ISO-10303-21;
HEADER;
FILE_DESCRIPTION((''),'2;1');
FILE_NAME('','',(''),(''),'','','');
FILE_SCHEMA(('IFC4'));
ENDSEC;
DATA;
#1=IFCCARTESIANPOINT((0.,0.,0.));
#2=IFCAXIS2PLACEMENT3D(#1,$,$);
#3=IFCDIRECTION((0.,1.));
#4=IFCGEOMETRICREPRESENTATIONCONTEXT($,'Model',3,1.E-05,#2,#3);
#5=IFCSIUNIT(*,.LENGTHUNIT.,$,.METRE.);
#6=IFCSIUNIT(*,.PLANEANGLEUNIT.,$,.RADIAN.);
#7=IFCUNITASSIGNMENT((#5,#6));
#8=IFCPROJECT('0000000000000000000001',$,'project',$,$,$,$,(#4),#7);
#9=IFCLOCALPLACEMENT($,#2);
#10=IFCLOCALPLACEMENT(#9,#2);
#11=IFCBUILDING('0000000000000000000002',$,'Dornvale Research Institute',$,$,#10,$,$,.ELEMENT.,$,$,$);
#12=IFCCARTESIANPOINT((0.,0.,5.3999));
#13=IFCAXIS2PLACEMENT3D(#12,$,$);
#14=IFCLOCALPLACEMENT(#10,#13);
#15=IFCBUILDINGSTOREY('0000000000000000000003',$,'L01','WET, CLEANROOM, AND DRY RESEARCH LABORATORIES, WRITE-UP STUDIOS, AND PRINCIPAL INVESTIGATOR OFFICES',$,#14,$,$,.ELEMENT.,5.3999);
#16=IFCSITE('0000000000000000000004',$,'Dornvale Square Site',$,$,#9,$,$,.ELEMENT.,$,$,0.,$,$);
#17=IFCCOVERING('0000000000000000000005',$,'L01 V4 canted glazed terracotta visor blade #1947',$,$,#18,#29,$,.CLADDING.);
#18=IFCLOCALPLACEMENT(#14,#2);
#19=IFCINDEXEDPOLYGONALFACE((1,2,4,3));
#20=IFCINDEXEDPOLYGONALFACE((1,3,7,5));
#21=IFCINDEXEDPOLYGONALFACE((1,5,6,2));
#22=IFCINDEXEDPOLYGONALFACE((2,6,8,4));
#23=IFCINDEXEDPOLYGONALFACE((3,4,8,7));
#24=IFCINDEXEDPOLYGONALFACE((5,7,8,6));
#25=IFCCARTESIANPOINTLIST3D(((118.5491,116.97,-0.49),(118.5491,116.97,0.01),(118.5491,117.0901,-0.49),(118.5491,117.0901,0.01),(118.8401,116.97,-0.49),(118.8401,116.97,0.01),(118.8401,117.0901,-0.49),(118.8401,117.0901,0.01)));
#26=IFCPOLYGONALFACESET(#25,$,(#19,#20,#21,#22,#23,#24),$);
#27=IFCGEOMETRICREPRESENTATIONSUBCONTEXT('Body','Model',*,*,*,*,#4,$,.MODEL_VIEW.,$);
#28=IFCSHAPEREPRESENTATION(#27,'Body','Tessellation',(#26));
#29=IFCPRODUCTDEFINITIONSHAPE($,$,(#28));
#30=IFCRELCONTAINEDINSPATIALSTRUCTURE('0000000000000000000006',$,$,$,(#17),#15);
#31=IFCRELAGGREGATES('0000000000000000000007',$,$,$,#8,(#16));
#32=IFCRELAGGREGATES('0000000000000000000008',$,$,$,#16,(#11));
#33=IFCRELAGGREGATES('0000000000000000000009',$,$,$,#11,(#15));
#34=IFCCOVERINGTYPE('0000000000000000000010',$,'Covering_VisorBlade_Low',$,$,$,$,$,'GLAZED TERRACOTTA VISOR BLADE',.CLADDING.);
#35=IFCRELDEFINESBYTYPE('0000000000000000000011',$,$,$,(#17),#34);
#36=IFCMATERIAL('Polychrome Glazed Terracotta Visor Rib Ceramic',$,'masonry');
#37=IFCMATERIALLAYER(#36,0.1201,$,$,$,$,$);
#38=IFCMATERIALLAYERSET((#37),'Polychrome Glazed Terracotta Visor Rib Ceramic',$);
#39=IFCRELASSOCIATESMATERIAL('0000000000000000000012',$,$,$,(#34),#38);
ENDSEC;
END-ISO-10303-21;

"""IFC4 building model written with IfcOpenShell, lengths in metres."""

from ifc_helpers import new_model, si_unit, direction, frame, origin, origin_2d, place, context, subcontext, project, spatial, rectangle, extrude, material, layer, layer_set, type_object, element, save


model = new_model("IFC4")

# Units and contexts
model_context = context("Model", 3, precision=1e-05, world=origin(), true_north=direction((0.0, 1.0)))
body_context = subcontext(model_context, "Body", "Model", "MODEL_VIEW")
ifc_project = project(units=[si_unit("LENGTHUNIT", "METRE"), si_unit("PLANEANGLEUNIT", "RADIAN")], contexts=[model_context])

# Site, building, storey
site_placement = place(None, origin())
site = spatial("IfcSite", under=ifc_project, at=site_placement, Name="Dornvale Square Site", CompositionType="ELEMENT", RefElevation=0.0)
building_placement = place(site_placement, origin())
building = spatial("IfcBuilding", under=site, at=building_placement, Name="Dornvale Research Institute", CompositionType="ELEMENT")
storey_placement = place(building_placement, frame((0.0, 0.0, 5.3999)))
storey = spatial("IfcBuildingStorey", under=building, at=storey_placement, Name="L01", Description="WET, CLEANROOM, AND DRY RESEARCH LABORATORIES, WRITE-UP STUDIOS, AND PRINCIPAL INVESTIGATOR OFFICES", CompositionType="ELEMENT", Elevation=5.3999)

# Covering
ifc_material_1 = material(Name="Polychrome Glazed Terracotta Visor Rib Ceramic", Category="masonry")
ifc_layer_1 = layer(ifc_material_1, 0.1201)
ifc_layer_set_1 = layer_set([ifc_layer_1], Name="Polychrome Glazed Terracotta Visor Rib Ceramic")
covering_type = type_object("IfcCoveringType", Name="Covering_VisorBlade_Low", ElementType="GLAZED TERRACOTTA VISOR BLADE", PredefinedType="CLADDING", material=ifc_layer_set_1)
covering_1_placement = place(storey_placement, frame((118.6946, 117.03, -0.49), z_axis=(0.0, 0.0, 1.0), x_axis=(1.0, 0.0, 0.0)))
element("IfcCovering", 1, at=covering_1_placement, inside=storey, type_object=covering_type, Name="L01 V4 canted glazed terracotta visor blade #1947", PredefinedType="CLADDING", context=body_context, shape_type="SweptSolid", body=[
    extrude(rectangle(XDim=0.291, YDim=0.1201, at=origin_2d()), origin(), (0.0, 0.0, 1.0), 0.5),
])

save(model, "model.ifc")
